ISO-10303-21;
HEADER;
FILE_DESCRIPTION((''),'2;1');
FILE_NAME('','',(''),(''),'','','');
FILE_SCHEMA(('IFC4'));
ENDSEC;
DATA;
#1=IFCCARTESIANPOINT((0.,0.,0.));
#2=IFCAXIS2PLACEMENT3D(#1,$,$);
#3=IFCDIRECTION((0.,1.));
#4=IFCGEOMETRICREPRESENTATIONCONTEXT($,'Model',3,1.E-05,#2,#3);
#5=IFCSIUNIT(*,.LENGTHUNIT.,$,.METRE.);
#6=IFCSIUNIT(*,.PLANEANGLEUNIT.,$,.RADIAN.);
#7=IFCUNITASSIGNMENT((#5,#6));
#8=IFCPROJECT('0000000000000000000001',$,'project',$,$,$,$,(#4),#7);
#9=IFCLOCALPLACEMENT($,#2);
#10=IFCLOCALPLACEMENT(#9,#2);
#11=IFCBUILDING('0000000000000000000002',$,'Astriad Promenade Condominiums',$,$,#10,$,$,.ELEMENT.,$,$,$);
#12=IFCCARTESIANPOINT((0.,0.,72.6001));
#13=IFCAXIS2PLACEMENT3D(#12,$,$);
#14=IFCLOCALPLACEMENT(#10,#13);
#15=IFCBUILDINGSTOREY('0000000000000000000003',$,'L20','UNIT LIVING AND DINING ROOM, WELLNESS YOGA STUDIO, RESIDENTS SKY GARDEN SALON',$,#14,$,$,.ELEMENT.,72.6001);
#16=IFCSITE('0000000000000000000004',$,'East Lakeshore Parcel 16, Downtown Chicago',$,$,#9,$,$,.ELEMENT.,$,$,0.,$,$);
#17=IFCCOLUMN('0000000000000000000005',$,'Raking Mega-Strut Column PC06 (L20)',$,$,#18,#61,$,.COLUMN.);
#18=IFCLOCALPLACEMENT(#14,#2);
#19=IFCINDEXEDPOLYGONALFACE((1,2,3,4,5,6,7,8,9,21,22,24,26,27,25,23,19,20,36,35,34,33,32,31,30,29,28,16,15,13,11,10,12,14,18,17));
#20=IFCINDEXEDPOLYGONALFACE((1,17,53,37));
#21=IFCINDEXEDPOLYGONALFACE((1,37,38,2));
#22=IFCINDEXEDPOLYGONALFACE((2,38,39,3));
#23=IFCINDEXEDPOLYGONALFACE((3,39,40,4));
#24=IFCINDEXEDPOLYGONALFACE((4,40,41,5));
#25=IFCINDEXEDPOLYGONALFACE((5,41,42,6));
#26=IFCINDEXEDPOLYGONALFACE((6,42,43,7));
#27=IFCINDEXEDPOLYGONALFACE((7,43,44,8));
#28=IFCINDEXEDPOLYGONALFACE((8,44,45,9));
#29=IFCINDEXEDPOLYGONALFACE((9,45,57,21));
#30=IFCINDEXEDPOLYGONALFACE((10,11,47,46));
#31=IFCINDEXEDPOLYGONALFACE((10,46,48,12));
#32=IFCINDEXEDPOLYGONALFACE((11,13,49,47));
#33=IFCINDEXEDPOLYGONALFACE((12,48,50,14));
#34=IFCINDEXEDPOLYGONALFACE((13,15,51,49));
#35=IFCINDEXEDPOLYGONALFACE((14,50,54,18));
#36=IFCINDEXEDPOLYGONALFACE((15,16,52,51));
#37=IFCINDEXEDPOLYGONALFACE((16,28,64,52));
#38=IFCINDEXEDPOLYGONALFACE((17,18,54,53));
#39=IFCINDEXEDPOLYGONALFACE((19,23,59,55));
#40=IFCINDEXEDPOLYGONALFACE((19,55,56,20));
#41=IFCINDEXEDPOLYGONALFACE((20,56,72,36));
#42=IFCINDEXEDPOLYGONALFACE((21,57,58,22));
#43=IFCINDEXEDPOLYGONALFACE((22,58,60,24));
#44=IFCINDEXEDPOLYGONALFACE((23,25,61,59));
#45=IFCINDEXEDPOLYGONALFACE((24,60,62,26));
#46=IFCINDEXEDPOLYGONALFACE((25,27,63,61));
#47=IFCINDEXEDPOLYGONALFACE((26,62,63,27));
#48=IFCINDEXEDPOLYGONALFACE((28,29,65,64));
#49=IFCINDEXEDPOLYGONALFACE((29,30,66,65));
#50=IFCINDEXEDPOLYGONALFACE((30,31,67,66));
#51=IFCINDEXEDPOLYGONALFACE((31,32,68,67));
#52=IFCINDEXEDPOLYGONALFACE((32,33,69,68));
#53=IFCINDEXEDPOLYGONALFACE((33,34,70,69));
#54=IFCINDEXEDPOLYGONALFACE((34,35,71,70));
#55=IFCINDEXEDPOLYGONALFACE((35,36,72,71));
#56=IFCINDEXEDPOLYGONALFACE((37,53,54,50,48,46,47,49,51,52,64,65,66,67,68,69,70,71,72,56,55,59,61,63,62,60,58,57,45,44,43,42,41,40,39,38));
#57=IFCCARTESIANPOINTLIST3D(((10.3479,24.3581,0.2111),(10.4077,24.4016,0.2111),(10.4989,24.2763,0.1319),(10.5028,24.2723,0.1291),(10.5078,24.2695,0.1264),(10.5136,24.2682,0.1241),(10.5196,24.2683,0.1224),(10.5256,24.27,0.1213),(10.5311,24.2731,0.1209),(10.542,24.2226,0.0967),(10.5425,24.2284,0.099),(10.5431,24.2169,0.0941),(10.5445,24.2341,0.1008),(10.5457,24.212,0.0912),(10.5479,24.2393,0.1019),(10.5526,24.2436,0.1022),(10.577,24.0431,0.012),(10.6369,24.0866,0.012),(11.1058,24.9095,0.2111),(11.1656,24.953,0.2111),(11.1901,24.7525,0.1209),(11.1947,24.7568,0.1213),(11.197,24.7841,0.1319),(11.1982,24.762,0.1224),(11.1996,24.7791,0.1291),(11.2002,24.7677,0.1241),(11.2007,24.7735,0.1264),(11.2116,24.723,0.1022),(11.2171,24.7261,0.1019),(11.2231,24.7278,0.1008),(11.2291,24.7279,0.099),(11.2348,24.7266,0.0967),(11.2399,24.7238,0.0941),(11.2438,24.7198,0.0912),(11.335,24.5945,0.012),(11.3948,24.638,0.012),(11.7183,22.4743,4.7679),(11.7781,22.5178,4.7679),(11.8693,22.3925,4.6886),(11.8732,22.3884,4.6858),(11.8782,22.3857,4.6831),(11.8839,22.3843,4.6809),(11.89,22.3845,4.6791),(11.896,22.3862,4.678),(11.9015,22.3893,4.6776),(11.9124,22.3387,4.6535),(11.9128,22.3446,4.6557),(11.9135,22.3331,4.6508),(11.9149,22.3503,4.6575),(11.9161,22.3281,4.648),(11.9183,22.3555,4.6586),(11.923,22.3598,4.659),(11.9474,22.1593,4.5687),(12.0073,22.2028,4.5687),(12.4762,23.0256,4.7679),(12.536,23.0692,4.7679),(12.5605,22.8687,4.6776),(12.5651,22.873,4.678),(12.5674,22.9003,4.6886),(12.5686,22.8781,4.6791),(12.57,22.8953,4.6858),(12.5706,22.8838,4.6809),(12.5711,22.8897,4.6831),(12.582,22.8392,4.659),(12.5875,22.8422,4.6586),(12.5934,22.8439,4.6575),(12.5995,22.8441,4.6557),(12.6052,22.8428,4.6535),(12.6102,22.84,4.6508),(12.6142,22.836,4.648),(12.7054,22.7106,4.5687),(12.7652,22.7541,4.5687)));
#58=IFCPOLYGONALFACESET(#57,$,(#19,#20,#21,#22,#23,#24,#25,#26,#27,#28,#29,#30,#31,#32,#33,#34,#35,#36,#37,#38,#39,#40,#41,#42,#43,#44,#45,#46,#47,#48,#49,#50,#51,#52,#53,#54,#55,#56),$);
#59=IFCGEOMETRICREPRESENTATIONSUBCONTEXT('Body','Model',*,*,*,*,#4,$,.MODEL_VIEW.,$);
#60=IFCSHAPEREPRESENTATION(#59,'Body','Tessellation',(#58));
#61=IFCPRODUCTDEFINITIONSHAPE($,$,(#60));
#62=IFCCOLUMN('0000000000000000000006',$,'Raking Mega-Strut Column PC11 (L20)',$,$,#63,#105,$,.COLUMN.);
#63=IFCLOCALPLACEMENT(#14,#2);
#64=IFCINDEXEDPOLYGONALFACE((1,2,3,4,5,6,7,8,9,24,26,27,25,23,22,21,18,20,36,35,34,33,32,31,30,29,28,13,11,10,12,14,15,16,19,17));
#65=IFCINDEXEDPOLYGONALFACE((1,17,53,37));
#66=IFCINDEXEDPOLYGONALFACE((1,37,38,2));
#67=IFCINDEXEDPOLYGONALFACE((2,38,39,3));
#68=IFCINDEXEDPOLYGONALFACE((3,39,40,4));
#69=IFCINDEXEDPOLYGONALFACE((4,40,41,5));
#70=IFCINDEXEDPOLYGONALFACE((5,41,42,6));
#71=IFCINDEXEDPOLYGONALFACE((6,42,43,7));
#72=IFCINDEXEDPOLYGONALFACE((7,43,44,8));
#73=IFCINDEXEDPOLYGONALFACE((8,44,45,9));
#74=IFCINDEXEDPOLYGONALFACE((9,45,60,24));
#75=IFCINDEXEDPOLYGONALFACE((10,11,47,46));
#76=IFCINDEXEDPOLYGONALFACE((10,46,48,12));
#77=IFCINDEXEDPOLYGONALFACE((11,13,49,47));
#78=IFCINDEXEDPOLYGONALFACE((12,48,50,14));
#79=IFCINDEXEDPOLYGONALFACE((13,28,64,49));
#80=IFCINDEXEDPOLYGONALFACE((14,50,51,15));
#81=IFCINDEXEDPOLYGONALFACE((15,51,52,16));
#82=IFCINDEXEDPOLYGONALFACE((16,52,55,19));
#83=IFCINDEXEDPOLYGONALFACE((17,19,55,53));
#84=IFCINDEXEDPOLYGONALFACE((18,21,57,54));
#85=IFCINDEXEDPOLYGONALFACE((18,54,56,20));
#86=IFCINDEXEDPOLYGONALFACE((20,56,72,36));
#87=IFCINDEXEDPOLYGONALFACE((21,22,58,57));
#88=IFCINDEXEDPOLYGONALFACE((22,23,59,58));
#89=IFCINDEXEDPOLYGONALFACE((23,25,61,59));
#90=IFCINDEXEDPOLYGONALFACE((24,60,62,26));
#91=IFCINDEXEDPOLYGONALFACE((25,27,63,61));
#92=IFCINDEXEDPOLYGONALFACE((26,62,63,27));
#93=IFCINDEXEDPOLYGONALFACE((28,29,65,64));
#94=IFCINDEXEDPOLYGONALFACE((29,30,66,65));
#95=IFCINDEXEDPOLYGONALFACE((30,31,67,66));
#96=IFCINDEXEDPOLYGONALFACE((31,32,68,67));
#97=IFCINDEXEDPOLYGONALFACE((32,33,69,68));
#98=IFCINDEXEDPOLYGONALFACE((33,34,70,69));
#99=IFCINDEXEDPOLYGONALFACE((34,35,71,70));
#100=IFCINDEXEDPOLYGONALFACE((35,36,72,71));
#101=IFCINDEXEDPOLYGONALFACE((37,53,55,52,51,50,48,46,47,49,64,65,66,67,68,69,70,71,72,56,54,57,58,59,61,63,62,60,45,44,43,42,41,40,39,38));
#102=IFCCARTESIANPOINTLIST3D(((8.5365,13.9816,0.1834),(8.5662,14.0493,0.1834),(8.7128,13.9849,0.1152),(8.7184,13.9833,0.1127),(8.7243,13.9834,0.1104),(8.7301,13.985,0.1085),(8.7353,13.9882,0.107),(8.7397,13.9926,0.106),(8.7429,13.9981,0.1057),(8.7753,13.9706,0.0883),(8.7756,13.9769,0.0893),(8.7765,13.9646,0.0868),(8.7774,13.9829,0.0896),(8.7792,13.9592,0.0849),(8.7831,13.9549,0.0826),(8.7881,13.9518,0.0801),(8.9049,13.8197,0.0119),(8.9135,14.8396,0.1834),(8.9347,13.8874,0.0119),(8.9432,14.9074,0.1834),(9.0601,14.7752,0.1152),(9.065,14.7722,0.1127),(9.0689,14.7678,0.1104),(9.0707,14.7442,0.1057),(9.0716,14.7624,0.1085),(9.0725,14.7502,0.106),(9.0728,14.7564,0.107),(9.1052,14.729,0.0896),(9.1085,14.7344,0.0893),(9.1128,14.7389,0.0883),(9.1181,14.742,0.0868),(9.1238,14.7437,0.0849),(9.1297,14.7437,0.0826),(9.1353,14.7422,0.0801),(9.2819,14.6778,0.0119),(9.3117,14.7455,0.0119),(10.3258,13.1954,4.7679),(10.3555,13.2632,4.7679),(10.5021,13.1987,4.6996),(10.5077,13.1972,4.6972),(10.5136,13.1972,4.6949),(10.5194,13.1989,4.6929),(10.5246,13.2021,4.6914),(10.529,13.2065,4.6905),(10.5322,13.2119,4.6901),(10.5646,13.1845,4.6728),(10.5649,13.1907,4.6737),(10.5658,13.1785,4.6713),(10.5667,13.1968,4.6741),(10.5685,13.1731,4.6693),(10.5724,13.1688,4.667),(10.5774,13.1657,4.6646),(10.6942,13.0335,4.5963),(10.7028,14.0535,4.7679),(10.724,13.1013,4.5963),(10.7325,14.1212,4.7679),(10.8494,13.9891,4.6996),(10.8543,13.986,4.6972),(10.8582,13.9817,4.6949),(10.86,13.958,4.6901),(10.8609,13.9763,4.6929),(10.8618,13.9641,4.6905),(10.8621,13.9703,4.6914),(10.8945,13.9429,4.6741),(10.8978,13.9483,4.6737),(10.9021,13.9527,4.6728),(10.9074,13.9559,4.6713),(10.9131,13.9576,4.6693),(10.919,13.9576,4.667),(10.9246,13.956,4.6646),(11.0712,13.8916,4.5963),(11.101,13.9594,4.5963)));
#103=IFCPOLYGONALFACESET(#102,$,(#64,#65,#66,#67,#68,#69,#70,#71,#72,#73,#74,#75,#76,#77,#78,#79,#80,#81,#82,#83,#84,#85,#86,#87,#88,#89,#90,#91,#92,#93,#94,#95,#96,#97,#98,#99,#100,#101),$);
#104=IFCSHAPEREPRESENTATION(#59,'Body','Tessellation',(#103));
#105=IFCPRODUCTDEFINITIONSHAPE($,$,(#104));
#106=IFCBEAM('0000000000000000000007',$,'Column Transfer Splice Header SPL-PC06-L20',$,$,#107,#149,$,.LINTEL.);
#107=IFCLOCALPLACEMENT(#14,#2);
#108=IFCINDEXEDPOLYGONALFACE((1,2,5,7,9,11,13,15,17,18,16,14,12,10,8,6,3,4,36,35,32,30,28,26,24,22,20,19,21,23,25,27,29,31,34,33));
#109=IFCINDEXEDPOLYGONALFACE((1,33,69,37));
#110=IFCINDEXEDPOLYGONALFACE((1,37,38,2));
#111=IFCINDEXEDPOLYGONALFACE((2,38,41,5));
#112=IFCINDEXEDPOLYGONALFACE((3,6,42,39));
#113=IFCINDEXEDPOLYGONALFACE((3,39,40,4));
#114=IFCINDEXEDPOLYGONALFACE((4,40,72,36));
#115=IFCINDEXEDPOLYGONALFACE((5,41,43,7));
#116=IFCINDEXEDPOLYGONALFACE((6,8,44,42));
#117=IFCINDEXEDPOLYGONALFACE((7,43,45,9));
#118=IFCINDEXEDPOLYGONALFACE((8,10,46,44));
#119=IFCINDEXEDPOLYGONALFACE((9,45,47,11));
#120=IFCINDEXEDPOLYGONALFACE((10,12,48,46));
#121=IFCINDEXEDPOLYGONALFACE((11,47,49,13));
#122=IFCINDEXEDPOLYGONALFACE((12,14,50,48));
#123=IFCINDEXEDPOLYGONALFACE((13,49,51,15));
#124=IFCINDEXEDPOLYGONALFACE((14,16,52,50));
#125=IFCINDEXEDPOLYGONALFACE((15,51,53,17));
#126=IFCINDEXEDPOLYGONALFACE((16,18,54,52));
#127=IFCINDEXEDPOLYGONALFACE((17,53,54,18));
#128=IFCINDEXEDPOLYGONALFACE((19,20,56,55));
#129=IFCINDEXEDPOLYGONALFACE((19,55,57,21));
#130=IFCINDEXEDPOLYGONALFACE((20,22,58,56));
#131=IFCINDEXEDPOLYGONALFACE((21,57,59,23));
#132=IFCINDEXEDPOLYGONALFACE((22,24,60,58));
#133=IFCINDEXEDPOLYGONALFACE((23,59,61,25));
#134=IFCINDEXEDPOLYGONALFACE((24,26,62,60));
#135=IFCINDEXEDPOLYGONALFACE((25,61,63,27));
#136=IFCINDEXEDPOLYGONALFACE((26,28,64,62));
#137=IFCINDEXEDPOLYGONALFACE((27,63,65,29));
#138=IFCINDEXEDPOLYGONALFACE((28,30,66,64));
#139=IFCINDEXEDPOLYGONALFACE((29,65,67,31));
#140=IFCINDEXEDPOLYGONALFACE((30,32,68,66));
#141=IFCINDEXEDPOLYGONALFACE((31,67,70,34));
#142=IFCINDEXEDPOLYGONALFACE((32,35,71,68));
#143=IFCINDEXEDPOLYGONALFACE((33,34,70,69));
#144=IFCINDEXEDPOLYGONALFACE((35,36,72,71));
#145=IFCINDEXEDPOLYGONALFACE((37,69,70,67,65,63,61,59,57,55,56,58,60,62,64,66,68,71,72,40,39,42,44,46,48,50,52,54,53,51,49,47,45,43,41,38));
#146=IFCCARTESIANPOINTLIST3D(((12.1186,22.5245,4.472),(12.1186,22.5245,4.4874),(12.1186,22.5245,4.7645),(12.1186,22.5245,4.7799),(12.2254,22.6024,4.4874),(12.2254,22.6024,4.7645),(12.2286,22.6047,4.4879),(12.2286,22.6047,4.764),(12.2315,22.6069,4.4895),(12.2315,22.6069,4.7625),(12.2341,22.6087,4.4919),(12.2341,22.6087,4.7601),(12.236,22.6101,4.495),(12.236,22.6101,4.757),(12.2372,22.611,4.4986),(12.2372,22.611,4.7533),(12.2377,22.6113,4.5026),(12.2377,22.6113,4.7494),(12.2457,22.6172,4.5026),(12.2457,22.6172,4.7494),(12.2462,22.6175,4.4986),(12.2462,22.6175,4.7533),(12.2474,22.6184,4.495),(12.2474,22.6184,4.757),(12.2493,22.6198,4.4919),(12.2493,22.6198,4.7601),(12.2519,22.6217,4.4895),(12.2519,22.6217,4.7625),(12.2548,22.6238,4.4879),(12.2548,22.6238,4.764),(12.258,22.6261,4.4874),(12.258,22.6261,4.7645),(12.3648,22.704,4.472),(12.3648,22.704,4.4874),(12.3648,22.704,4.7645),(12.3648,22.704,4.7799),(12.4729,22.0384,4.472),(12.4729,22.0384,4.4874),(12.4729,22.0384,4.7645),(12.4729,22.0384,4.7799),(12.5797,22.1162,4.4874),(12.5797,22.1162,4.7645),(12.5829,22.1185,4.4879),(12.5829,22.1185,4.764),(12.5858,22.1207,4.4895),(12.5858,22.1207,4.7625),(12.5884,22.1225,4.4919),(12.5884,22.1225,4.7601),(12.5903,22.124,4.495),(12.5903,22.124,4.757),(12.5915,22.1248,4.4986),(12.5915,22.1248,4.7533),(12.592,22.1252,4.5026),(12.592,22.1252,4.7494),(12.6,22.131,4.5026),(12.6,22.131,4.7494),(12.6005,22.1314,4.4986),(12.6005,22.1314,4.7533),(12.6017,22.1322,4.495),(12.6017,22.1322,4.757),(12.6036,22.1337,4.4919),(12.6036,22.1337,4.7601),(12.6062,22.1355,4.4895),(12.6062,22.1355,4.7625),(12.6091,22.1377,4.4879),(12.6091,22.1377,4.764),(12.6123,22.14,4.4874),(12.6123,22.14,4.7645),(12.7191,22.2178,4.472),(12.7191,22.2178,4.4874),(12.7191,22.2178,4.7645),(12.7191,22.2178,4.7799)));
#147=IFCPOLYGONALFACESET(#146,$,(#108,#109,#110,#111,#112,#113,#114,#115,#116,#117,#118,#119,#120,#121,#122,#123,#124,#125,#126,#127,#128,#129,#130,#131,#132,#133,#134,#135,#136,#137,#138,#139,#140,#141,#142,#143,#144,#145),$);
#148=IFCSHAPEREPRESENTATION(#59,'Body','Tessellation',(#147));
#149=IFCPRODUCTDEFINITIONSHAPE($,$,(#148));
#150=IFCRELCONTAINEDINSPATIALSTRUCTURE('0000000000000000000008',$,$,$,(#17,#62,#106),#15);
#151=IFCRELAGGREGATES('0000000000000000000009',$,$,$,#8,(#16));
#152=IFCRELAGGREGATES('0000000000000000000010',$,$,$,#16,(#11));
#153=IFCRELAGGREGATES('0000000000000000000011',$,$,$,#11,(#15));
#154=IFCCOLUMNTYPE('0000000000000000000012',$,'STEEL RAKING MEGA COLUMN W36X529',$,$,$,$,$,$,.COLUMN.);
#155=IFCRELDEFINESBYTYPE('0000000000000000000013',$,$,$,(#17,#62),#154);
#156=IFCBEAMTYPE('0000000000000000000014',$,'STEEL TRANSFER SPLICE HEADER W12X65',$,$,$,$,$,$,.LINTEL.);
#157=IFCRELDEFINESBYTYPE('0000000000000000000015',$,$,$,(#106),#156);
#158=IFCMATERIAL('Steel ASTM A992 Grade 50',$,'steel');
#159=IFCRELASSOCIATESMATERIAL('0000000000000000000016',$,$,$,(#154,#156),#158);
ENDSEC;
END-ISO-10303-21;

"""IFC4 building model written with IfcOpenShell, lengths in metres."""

from ifc_helpers import new_model, si_unit, direction, frame, origin, origin_2d, place, context, subcontext, project, spatial, i_section, extrude, source, transform, mapped, material, material_profile, profile_set, type_object, type_shapes, element, save


model = new_model("IFC4")

# Units and contexts
model_context = context("Model", 3, precision=1e-05, world=origin(), true_north=direction((0.0, 1.0)))
body_context = subcontext(model_context, "Body", "Model", "MODEL_VIEW")
ifc_project = project(units=[si_unit("LENGTHUNIT", "METRE"), si_unit("PLANEANGLEUNIT", "RADIAN")], contexts=[model_context])

# Site, building, storey
site_placement = place(None, origin())
site = spatial("IfcSite", under=ifc_project, at=site_placement, Name="East Lakeshore Parcel 16, Downtown Chicago", CompositionType="ELEMENT", RefElevation=0.0)
building_placement = place(site_placement, origin())
building = spatial("IfcBuilding", under=site, at=building_placement, Name="Astriad Promenade Condominiums", CompositionType="ELEMENT")
storey_placement = place(building_placement, frame((0.0, 0.0, 72.6001)))
storey = spatial("IfcBuildingStorey", under=building, at=storey_placement, Name="L20", Description="UNIT LIVING AND DINING ROOM, WELLNESS YOGA STUDIO, RESIDENTS SKY GARDEN SALON", CompositionType="ELEMENT", Elevation=72.6001)

# Columns
ifc_material_1 = material(Name="Steel ASTM A992 Grade 50", Category="steel")
ifc_material_profile_1 = material_profile(ifc_material_1, i_section(OverallWidth=0.4375, OverallDepth=1.0112, WebThickness=0.041, FlangeThickness=0.074, FilletRadius=0.0242, at=origin_2d()), Name="W36X529")
ifc_profile_set_1 = profile_set([ifc_material_profile_1], Name="Steel ASTM A992 Grade 50")
column_type = type_object("IfcColumnType", Name="STEEL RAKING MEGA COLUMN W36X529", PredefinedType="COLUMN", material=ifc_profile_set_1)
shared_shape_1 = source(origin(), body_context, "Body", "SweptSolid", [
    extrude(i_section(OverallWidth=0.4375, OverallDepth=1.0112, WebThickness=0.041, FlangeThickness=0.074, FilletRadius=0.0242, at=origin_2d()), origin(), (0.0, 0.0, 1.0), 5.1177),
])
column_1_placement = place(storey_placement, frame((10.8713, 24.498, 0.1116), z_axis=(0.267776, -0.368102, 0.890391), x_axis=(-0.523786, 0.720031, 0.455196)))
element("IfcColumn", 1, at=column_1_placement, inside=storey, type_object=column_type, Name="Raking Mega-Strut Column PC06 (L20)", PredefinedType="COLUMN", context=body_context, shape_type="MappedRepresentation", body=[
    mapped(shared_shape_1, transform((0.0, 0.0, 0.0), scale=1.0)),
])
shared_shape_2 = source(origin(), body_context, "Body", "SweptSolid", [
    extrude(i_section(OverallWidth=0.4375, OverallDepth=1.0112, WebThickness=0.041, FlangeThickness=0.074, FilletRadius=0.0242, at=origin_2d()), origin(), (0.0, 0.0, 1.0), 4.9836),
])
type_shapes(column_type, [shared_shape_1, shared_shape_2])
column_2_placement = place(storey_placement, frame((8.9241, 14.3635, 0.0977), z_axis=(0.359034, -0.157742, 0.919898), x_axis=(-0.842198, 0.37002, 0.392158)))
element("IfcColumn", 2, at=column_2_placement, inside=storey, type_object=column_type, Name="Raking Mega-Strut Column PC11 (L20)", PredefinedType="COLUMN", context=body_context, shape_type="MappedRepresentation", body=[
    mapped(shared_shape_2, transform((0.0, 0.0, 0.0), scale=1.0)),
])

# Beam
ifc_material_profile_2 = material_profile(ifc_material_1, i_section(OverallWidth=0.3047, OverallDepth=0.3079, WebThickness=0.01, FlangeThickness=0.0154, FilletRadius=0.0151, at=origin_2d()), Name="W12X65")
ifc_profile_set_2 = profile_set([ifc_material_profile_2], Name="Steel ASTM A992 Grade 50")
beam_type_1 = type_object("IfcBeamType", Name="STEEL TRANSFER SPLICE HEADER W12X65", PredefinedType="LINTEL", material=ifc_profile_set_2)
shared_shape_3 = source(origin(), body_context, "Body", "SweptSolid", [
    extrude(i_section(OverallWidth=0.3047, OverallDepth=0.3079, WebThickness=0.01, FlangeThickness=0.0154, FilletRadius=0.0151, at=origin_2d()), origin(), (0.0, 0.0, 1.0), 0.6016),
])
type_shapes(beam_type_1, [shared_shape_3])
beam_1_placement = place(storey_placement, frame((12.2417, 22.6143, 4.626), z_axis=(0.588968, -0.808156, 0.0), x_axis=(0.808156, 0.588968, 0.0)))
element("IfcBeam", 3, at=beam_1_placement, inside=storey, type_object=beam_type_1, Name="Column Transfer Splice Header SPL-PC06-L20", PredefinedType="LINTEL", context=body_context, shape_type="MappedRepresentation", body=[
    mapped(shared_shape_3, transform((0.0, 0.0, 0.0), scale=1.0)),
])

save(model, "model.ifc")
